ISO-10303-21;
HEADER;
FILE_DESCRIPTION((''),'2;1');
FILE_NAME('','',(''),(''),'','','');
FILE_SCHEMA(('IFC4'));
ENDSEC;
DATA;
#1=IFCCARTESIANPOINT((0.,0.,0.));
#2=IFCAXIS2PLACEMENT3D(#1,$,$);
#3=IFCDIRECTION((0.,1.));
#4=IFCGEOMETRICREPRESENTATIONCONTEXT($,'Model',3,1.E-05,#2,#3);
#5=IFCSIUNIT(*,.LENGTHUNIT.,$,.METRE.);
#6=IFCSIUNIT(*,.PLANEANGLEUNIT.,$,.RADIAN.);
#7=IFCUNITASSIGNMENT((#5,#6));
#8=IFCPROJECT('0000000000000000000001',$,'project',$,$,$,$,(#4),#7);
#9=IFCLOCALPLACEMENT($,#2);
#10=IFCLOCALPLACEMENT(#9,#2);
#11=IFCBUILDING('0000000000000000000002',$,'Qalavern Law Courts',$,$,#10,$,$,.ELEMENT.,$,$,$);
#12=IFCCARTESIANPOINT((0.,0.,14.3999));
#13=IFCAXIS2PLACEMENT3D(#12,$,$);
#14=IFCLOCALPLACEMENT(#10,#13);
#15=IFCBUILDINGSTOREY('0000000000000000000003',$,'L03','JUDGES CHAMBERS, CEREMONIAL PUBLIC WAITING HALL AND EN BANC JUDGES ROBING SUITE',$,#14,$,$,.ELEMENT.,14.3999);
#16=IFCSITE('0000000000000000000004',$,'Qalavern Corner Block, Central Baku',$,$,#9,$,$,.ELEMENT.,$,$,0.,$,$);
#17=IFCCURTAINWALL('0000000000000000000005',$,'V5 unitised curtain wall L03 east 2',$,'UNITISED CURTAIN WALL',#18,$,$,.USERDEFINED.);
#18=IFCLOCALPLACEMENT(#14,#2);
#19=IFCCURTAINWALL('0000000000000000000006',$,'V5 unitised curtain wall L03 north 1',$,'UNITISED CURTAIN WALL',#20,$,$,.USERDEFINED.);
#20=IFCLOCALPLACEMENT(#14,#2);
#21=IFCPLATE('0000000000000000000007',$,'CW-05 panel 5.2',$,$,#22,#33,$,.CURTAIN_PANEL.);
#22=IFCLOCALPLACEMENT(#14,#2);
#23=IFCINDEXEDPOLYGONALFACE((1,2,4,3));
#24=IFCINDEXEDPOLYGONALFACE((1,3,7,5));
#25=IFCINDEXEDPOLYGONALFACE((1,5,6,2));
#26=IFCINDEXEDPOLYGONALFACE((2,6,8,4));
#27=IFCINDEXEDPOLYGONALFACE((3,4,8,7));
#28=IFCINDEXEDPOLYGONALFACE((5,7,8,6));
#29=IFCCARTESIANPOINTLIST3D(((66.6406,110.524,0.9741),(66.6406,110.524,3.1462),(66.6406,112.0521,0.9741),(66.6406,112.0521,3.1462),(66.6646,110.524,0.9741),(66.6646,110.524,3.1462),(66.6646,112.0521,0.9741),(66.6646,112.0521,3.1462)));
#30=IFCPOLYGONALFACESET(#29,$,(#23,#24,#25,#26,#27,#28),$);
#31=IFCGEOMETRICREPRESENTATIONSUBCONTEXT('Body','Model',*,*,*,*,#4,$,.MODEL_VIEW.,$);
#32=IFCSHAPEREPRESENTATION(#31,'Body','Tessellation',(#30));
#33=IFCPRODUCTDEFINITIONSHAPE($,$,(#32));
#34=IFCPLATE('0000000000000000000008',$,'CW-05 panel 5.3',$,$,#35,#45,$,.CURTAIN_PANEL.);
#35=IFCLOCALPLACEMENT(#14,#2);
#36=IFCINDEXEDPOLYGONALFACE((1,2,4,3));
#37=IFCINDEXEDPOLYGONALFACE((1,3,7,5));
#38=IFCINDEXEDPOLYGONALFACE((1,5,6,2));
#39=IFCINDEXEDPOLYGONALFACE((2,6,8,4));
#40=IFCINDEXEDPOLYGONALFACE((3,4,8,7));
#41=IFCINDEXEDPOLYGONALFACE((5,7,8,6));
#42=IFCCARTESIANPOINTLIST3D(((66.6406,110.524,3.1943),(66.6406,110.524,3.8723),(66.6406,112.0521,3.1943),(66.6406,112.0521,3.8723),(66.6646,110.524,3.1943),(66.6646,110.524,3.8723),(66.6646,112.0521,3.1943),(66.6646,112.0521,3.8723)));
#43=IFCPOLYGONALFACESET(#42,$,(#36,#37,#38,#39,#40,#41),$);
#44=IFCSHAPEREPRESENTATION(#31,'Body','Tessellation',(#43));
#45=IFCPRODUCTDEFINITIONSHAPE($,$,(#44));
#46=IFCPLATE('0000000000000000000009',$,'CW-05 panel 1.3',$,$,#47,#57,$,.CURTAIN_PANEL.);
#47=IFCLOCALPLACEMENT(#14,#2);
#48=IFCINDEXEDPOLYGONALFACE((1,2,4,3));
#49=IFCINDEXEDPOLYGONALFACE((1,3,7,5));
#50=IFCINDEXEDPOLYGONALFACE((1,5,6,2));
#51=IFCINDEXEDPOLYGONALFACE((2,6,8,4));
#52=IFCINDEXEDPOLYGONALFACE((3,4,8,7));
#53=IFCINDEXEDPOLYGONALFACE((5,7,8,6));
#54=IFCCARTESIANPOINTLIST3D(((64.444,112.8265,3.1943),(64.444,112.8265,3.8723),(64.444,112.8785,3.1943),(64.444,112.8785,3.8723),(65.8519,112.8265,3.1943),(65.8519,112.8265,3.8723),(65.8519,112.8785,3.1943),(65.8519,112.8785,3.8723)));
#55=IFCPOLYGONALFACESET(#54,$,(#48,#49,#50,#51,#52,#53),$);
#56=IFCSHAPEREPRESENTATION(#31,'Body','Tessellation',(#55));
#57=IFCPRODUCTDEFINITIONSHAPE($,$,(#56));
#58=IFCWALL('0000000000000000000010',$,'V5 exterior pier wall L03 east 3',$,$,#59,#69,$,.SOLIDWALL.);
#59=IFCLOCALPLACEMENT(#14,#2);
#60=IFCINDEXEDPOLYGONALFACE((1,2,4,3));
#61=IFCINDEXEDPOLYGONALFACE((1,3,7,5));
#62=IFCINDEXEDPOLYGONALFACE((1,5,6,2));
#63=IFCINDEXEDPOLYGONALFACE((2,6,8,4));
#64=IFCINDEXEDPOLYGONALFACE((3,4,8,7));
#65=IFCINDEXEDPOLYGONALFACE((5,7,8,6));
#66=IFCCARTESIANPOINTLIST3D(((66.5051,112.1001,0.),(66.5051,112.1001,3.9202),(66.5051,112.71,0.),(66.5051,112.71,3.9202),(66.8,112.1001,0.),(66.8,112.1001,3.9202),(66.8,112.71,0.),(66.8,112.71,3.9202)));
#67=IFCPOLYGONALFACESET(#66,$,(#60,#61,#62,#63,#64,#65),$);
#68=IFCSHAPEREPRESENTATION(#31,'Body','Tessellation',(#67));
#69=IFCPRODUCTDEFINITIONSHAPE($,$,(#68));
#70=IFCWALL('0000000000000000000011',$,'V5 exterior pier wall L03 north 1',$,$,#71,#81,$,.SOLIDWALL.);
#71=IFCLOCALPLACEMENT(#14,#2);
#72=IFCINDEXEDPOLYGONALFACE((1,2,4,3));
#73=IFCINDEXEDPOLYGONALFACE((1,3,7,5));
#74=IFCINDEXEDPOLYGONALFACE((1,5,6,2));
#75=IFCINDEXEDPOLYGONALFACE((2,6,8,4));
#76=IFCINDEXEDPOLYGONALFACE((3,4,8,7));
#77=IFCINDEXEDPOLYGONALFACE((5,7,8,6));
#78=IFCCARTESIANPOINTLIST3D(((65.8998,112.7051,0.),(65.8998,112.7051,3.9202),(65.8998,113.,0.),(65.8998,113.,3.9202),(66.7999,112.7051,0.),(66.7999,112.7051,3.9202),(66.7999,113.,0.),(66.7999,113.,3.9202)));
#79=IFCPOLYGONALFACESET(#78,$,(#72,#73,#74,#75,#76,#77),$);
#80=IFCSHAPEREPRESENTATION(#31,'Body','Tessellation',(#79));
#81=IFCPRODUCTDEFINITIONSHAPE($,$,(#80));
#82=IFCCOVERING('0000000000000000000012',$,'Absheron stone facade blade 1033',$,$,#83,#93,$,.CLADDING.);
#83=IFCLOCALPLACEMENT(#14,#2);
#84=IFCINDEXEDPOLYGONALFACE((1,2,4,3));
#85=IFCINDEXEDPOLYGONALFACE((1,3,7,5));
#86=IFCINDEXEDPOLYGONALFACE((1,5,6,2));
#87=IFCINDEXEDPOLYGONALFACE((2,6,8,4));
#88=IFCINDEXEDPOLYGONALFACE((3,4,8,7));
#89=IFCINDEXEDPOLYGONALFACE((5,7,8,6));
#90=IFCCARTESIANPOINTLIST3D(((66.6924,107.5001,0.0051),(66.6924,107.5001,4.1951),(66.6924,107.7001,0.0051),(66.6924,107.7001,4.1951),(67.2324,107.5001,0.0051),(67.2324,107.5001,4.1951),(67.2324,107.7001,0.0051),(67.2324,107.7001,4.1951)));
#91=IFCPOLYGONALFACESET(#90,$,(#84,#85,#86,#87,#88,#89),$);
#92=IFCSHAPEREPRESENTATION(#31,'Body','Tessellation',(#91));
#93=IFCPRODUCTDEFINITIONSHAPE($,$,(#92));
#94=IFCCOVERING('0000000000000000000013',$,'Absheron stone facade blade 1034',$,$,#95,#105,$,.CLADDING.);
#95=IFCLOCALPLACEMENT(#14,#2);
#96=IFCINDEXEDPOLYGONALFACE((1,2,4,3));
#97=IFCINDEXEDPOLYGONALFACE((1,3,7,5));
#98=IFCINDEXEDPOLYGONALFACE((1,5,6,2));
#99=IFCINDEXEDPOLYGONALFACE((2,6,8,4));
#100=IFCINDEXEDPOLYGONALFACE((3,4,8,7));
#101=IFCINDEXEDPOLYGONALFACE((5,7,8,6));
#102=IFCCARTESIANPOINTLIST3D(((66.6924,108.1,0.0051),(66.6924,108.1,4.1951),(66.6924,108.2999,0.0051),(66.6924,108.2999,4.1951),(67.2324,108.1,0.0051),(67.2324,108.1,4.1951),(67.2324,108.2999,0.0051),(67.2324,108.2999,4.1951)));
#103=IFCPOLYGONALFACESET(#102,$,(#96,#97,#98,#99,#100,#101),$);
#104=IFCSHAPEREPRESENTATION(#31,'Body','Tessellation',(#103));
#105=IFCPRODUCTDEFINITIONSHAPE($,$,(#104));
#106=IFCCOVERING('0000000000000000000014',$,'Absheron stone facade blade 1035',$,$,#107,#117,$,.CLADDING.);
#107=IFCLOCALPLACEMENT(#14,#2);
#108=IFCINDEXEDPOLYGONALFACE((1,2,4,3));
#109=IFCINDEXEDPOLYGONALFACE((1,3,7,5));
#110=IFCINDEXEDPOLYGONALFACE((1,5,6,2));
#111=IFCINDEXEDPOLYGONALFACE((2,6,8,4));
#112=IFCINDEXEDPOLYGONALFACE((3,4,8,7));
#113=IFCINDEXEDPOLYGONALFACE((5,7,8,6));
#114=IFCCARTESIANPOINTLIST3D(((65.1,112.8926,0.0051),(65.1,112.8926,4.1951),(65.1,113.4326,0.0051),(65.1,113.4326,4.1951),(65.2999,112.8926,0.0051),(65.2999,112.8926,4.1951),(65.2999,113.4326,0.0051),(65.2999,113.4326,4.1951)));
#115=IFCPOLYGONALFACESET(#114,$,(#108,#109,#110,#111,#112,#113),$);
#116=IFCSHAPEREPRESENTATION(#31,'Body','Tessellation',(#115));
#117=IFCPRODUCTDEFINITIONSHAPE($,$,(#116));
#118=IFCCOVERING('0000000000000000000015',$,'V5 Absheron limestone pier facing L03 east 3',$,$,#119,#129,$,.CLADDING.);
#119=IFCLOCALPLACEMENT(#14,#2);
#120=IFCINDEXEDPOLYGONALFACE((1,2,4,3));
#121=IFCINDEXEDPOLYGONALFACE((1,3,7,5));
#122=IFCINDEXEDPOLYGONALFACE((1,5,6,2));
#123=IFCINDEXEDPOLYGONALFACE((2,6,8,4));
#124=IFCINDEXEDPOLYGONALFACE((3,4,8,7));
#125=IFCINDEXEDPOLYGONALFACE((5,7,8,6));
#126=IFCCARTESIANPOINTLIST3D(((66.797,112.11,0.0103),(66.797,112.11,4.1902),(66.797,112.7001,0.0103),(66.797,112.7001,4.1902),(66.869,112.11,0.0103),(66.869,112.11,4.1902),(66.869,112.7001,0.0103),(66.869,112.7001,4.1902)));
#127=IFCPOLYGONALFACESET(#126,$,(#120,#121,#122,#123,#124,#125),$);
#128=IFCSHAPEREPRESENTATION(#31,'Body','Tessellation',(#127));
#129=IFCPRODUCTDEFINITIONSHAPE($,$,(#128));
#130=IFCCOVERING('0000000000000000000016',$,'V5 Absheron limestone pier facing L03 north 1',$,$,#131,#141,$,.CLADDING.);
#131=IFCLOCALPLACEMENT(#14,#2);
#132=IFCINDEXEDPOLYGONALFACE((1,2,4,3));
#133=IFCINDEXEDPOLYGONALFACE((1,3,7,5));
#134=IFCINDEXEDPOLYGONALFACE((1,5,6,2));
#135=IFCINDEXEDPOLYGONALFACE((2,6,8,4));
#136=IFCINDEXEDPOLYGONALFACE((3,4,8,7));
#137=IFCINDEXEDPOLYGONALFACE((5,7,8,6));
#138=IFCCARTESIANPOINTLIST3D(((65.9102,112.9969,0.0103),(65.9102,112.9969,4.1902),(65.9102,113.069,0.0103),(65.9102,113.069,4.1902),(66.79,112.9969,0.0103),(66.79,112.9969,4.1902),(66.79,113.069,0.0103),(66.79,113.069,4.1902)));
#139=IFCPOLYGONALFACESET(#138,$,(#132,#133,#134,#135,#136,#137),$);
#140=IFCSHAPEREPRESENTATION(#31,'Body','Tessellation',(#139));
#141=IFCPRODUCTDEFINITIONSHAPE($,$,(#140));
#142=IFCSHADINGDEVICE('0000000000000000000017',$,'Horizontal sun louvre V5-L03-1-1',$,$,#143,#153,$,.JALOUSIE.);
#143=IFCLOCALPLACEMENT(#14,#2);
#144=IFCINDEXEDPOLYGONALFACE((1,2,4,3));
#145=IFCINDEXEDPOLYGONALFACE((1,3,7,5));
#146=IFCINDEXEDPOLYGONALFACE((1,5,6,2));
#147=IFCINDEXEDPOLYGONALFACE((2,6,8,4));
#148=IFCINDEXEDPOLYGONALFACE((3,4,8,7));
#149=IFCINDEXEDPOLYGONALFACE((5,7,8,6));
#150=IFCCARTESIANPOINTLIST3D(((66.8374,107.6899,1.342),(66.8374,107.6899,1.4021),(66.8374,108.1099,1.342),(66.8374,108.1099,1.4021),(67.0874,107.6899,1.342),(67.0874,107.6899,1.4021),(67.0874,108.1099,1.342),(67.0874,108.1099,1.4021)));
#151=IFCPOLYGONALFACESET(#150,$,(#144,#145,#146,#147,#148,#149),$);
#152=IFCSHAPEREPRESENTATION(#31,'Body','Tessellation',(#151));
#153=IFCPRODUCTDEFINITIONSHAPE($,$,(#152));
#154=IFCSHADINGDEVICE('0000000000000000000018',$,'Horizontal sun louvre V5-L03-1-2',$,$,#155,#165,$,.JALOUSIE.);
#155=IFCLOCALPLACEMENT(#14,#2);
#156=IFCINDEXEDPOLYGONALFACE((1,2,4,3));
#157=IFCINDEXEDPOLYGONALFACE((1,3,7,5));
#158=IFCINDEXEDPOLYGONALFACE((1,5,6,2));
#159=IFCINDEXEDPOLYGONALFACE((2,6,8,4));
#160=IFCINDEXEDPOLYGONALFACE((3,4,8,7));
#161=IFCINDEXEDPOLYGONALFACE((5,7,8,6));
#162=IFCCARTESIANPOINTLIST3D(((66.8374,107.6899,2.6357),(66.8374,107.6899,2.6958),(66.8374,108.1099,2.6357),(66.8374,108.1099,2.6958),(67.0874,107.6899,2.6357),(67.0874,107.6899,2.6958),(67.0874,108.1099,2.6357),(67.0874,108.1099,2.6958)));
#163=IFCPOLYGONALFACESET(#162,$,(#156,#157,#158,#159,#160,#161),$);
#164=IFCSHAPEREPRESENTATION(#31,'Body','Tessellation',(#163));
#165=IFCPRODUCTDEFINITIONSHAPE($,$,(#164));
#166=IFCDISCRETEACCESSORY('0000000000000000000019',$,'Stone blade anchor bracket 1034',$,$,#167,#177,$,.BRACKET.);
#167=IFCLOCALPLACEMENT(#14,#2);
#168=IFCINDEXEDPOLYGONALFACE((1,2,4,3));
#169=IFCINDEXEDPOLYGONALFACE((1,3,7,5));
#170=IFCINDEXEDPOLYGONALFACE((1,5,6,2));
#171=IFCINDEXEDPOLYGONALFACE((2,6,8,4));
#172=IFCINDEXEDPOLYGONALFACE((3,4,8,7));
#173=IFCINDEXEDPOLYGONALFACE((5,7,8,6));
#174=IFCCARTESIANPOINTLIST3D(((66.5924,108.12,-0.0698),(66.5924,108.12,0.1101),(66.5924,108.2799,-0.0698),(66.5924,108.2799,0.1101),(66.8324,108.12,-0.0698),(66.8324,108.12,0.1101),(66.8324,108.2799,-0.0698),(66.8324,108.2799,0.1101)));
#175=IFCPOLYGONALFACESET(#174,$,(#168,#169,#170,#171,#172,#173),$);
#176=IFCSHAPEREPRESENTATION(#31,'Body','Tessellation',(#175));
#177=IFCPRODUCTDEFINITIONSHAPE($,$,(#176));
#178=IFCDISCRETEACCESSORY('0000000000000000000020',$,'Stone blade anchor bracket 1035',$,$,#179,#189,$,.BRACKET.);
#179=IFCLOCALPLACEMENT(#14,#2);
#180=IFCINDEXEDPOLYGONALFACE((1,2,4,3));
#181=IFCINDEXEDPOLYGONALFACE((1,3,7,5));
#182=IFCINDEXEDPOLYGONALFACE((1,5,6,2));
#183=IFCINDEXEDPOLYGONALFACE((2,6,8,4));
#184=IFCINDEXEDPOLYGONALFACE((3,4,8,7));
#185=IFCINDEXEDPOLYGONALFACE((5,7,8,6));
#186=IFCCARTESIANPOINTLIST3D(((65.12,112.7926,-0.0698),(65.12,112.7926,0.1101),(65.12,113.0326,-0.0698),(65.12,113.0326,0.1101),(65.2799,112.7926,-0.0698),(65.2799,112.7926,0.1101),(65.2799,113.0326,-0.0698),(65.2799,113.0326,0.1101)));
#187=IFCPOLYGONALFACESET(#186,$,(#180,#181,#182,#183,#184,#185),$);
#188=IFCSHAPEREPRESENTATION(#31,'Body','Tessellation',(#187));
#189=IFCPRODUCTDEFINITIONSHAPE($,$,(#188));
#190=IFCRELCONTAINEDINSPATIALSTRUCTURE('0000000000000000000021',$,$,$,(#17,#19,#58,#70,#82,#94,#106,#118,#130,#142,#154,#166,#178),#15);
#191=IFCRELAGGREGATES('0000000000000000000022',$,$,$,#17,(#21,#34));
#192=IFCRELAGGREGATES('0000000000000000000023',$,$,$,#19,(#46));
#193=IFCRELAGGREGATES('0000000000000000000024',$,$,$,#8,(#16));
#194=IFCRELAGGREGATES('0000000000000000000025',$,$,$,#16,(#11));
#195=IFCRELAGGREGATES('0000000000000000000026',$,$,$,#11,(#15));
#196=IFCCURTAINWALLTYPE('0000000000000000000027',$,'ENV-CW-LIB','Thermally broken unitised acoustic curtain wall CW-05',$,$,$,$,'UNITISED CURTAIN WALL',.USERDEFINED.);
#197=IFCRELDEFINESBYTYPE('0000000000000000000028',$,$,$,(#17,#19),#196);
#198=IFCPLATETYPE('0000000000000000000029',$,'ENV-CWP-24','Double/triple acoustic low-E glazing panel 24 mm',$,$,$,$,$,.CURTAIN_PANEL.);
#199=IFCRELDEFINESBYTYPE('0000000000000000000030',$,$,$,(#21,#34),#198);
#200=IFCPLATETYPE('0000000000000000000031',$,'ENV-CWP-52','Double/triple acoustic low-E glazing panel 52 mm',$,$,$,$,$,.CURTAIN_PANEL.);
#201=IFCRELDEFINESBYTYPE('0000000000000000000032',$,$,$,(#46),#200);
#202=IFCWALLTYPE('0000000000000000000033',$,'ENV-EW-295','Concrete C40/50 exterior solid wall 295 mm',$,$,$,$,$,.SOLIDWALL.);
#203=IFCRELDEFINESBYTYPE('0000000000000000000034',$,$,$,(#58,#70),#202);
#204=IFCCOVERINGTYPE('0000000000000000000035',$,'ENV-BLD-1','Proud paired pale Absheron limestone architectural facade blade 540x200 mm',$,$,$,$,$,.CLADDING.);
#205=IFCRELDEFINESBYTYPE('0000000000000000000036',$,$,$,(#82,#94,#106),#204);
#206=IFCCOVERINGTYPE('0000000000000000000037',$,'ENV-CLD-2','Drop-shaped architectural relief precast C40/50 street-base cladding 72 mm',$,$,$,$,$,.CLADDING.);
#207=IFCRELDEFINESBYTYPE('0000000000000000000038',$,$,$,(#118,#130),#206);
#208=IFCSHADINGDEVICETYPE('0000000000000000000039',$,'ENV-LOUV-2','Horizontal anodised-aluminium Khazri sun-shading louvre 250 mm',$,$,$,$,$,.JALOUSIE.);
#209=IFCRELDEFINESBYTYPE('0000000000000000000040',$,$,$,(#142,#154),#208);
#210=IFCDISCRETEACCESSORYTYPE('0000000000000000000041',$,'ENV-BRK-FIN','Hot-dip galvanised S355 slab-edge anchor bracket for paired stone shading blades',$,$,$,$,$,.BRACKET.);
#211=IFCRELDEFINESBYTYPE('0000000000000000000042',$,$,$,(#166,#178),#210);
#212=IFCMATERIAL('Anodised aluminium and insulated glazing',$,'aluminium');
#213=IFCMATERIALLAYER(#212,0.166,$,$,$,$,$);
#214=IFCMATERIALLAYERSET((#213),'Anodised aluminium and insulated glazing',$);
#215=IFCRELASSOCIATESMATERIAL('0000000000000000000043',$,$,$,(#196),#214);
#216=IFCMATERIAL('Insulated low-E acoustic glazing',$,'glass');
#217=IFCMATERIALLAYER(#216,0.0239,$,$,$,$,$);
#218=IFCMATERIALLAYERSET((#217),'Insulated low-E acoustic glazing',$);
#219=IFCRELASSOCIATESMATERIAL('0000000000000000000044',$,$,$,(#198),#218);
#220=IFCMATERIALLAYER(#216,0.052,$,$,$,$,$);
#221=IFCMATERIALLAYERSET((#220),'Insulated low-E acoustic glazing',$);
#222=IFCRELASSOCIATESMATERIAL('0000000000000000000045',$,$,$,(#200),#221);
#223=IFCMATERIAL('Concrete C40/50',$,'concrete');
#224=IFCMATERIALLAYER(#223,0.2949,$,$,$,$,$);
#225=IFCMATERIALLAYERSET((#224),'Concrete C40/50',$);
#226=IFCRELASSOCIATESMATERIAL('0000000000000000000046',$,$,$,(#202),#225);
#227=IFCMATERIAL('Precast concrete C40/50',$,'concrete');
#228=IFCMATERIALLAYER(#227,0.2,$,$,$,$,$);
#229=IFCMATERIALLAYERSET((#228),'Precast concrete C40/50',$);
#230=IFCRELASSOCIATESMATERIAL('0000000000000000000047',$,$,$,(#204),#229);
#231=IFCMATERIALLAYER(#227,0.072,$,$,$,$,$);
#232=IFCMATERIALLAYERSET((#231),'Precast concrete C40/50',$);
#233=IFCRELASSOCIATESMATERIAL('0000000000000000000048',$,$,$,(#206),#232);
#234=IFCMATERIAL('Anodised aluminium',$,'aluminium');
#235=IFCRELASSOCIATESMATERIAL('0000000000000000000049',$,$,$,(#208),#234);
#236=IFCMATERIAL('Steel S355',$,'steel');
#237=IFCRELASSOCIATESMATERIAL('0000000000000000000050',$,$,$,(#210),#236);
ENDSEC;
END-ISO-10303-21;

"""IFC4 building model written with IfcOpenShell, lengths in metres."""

from ifc_helpers import new_model, si_unit, direction, frame, frame_2d, origin, origin_2d, place, context, subcontext, project, spatial, rectangle, extrude, material, layer, layer_set, type_object, element, aggregate, save


model = new_model("IFC4")

# Units and contexts
model_context = context("Model", 3, precision=1e-05, world=origin(), true_north=direction((0.0, 1.0)))
body_context = subcontext(model_context, "Body", "Model", "MODEL_VIEW")
ifc_project = project(units=[si_unit("LENGTHUNIT", "METRE"), si_unit("PLANEANGLEUNIT", "RADIAN")], contexts=[model_context])

# Site, building, storey
site_placement = place(None, origin())
site = spatial("IfcSite", under=ifc_project, at=site_placement, Name="Qalavern Corner Block, Central Baku", CompositionType="ELEMENT", RefElevation=0.0)
building_placement = place(site_placement, origin())
building = spatial("IfcBuilding", under=site, at=building_placement, Name="Qalavern Law Courts", CompositionType="ELEMENT")
storey_placement = place(building_placement, frame((0.0, 0.0, 14.3999)))
storey = spatial("IfcBuildingStorey", under=building, at=storey_placement, Name="L03", Description="JUDGES CHAMBERS, CEREMONIAL PUBLIC WAITING HALL AND EN BANC JUDGES ROBING SUITE", CompositionType="ELEMENT", Elevation=14.3999)

# Curtain wall
ifc_material_1 = material(Name="Anodised aluminium and insulated glazing", Category="aluminium")
ifc_layer_1 = layer(ifc_material_1, 0.166)
ifc_layer_set_1 = layer_set([ifc_layer_1], Name="Anodised aluminium and insulated glazing")
curtain_wall_type = type_object("IfcCurtainWallType", Name="ENV-CW-LIB", Description="Thermally broken unitised acoustic curtain wall CW-05", ElementType="UNITISED CURTAIN WALL", PredefinedType="USERDEFINED", material=ifc_layer_set_1)
curtain_wall_1_placement = place(storey_placement, origin())
curtain_wall_1 = element("IfcCurtainWall", 1, at=curtain_wall_1_placement, inside=storey, type_object=curtain_wall_type, Name="V5 unitised curtain wall L03 east 2", ObjectType="UNITISED CURTAIN WALL", PredefinedType="USERDEFINED")
ifc_material_2 = material(Name="Anodised aluminium", Category="aluminium")

# Curtain wall
curtain_wall_2_placement = place(storey_placement, origin())
curtain_wall_2 = element("IfcCurtainWall", 2, at=curtain_wall_2_placement, inside=storey, type_object=curtain_wall_type, Name="V5 unitised curtain wall L03 north 1", ObjectType="UNITISED CURTAIN WALL", PredefinedType="USERDEFINED")

# Plates
ifc_material_3 = material(Name="Insulated low-E acoustic glazing", Category="glass")
ifc_layer_2 = layer(ifc_material_3, 0.0239)
ifc_layer_set_2 = layer_set([ifc_layer_2], Name="Insulated low-E acoustic glazing")
plate_type_1 = type_object("IfcPlateType", Name="ENV-CWP-24", Description="Double/triple acoustic low-E glazing panel 24 mm", PredefinedType="CURTAIN_PANEL", material=ifc_layer_set_2)
plate_1_placement = place(storey_placement, frame((66.6526, 111.2881, 0.9741), z_axis=(0.0, 0.0, 1.0), x_axis=(0.0, 1.0, 0.0)))
plate_1 = element("IfcPlate", 3, at=plate_1_placement, type_object=plate_type_1, Name="CW-05 panel 5.2", PredefinedType="CURTAIN_PANEL", context=body_context, shape_type="SweptSolid", body=[
    extrude(rectangle(XDim=1.5281, YDim=0.0239, at=origin_2d()), origin(), (0.0, 0.0, 1.0), 2.1721),
])
plate_2_placement = place(storey_placement, frame((66.6526, 111.2881, 3.1943), z_axis=(0.0, 0.0, 1.0), x_axis=(0.0, 1.0, 0.0)))
plate_2 = element("IfcPlate", 4, at=plate_2_placement, type_object=plate_type_1, Name="CW-05 panel 5.3", PredefinedType="CURTAIN_PANEL", context=body_context, shape_type="SweptSolid", body=[
    extrude(rectangle(XDim=1.5281, YDim=0.0239, at=origin_2d()), origin(), (0.0, 0.0, 1.0), 0.678),
])
aggregate(curtain_wall_1, [plate_1, plate_2])
ifc_layer_3 = layer(ifc_material_3, 0.052)
ifc_layer_set_3 = layer_set([ifc_layer_3], Name="Insulated low-E acoustic glazing")
plate_type_2 = type_object("IfcPlateType", Name="ENV-CWP-52", Description="Double/triple acoustic low-E glazing panel 52 mm", PredefinedType="CURTAIN_PANEL", material=ifc_layer_set_3)
plate_3_placement = place(storey_placement, frame((65.1479, 112.8525, 3.1943), z_axis=(0.0, 0.0, 1.0), x_axis=(-1.0, 0.0, 0.0)))
plate_3 = element("IfcPlate", 5, at=plate_3_placement, type_object=plate_type_2, Name="CW-05 panel 1.3", PredefinedType="CURTAIN_PANEL", context=body_context, shape_type="SweptSolid", body=[
    extrude(rectangle(XDim=1.408, YDim=0.052, at=origin_2d()), origin(), (0.0, 0.0, 1.0), 0.678),
])
aggregate(curtain_wall_2, [plate_3])

# Walls
ifc_material_4 = material(Name="Concrete C40/50", Category="concrete")
ifc_layer_4 = layer(ifc_material_4, 0.2949)
ifc_layer_set_4 = layer_set([ifc_layer_4], Name="Concrete C40/50")
wall_type = type_object("IfcWallType", Name="ENV-EW-295", Description="Concrete C40/50 exterior solid wall 295 mm", PredefinedType="SOLIDWALL", material=ifc_layer_set_4)
wall_1_placement = place(storey_placement, frame((66.6526, 112.1001, 0.0), z_axis=(0.0, 0.0, 1.0), x_axis=(0.0, 1.0, 0.0)))
element("IfcWall", 6, at=wall_1_placement, inside=storey, type_object=wall_type, Name="V5 exterior pier wall L03 east 3", PredefinedType="SOLIDWALL", context=body_context, shape_type="SweptSolid", body=[
    extrude(rectangle(XDim=0.6099, YDim=0.2949, at=frame_2d((0.3049, 0.0))), origin(), (0.0, 0.0, 1.0), 3.9202),
])
wall_2_placement = place(storey_placement, frame((66.8, 112.8525, 0.0), z_axis=(0.0, 0.0, 1.0), x_axis=(-1.0, 0.0, 0.0)))
element("IfcWall", 7, at=wall_2_placement, inside=storey, type_object=wall_type, Name="V5 exterior pier wall L03 north 1", PredefinedType="SOLIDWALL", context=body_context, shape_type="SweptSolid", body=[
    extrude(rectangle(XDim=0.9001, YDim=0.2949, at=frame_2d((0.4502, 0.0))), origin(), (0.0, 0.0, 1.0), 3.9202),
])

# Coverings
ifc_material_5 = material(Name="Precast concrete C40/50", Category="concrete")
ifc_layer_5 = layer(ifc_material_5, 0.2)
ifc_layer_set_5 = layer_set([ifc_layer_5], Name="Precast concrete C40/50")
covering_type_1 = type_object("IfcCoveringType", Name="ENV-BLD-1", Description="Proud paired pale Absheron limestone architectural facade blade 540x200 mm", PredefinedType="CLADDING", material=ifc_layer_set_5)
for number, where, z_axis, x_axis, name in (
    (8, (66.9624, 107.6001, 0.0051), (0.0, 0.0, 1.0), (1.0, 0.0, 0.0), "Absheron stone facade blade 1033"),
    (9, (66.9624, 108.2, 0.0051), (0.0, 0.0, 1.0), (1.0, 0.0, 0.0), "Absheron stone facade blade 1034"),
    (10, (65.2, 113.1626, 0.0051), (0.0, 0.0, 1.0), (0.0, 1.0, 0.0), "Absheron stone facade blade 1035"),
):
    element("IfcCovering", number, at=place(storey_placement, frame(where, z_axis=z_axis, x_axis=x_axis)), inside=storey, type_object=covering_type_1, Name=name, PredefinedType="CLADDING", context=body_context, shape_type="SweptSolid", body=[
        extrude(rectangle(XDim=0.54, YDim=0.2, at=origin_2d()), origin(), (0.0, 0.0, 1.0), 4.1899),
    ])
ifc_layer_6 = layer(ifc_material_5, 0.072)
ifc_layer_set_6 = layer_set([ifc_layer_6], Name="Precast concrete C40/50")
covering_type_2 = type_object("IfcCoveringType", Name="ENV-CLD-2", Description="Drop-shaped architectural relief precast C40/50 street-base cladding 72 mm", PredefinedType="CLADDING", material=ifc_layer_set_6)
covering_1_placement = place(storey_placement, frame((66.833, 112.405, 0.0103), z_axis=(0.0, 0.0, 1.0), x_axis=(0.0, 1.0, 0.0)))
element("IfcCovering", 11, at=covering_1_placement, inside=storey, type_object=covering_type_2, Name="V5 Absheron limestone pier facing L03 east 3", PredefinedType="CLADDING", context=body_context, shape_type="SweptSolid", body=[
    extrude(rectangle(XDim=0.5901, YDim=0.072, at=origin_2d()), origin(), (0.0, 0.0, 1.0), 4.1799),
])
covering_2_placement = place(storey_placement, frame((66.3501, 113.033, 0.0103), z_axis=(0.0, 0.0, 1.0), x_axis=(-1.0, 0.0, 0.0)))
element("IfcCovering", 12, at=covering_2_placement, inside=storey, type_object=covering_type_2, Name="V5 Absheron limestone pier facing L03 north 1", PredefinedType="CLADDING", context=body_context, shape_type="SweptSolid", body=[
    extrude(rectangle(XDim=0.8799, YDim=0.072, at=origin_2d()), origin(), (0.0, 0.0, 1.0), 4.1799),
])

# Shading devices
shading_device_type = type_object("IfcShadingDeviceType", Name="ENV-LOUV-2", Description="Horizontal anodised-aluminium Khazri sun-shading louvre 250 mm", PredefinedType="JALOUSIE", material=ifc_material_2)
for number, where, z_axis, x_axis, name in (
    (13, (66.9624, 107.8999, 1.342), (0.0, 0.0, 1.0), (0.0, 1.0, 0.0), "Horizontal sun louvre V5-L03-1-1"),
    (14, (66.9624, 107.8999, 2.6357), (0.0, 0.0, 1.0), (0.0, 1.0, 0.0), "Horizontal sun louvre V5-L03-1-2"),
):
    element("IfcShadingDevice", number, at=place(storey_placement, frame(where, z_axis=z_axis, x_axis=x_axis)), inside=storey, type_object=shading_device_type, Name=name, PredefinedType="JALOUSIE", context=body_context, shape_type="SweptSolid", body=[
        extrude(rectangle(XDim=0.4199, YDim=0.25, at=origin_2d()), origin(), (0.0, 0.0, 1.0), 0.0601),
    ])

# Discrete accessories
ifc_material_6 = material(Name="Steel S355", Category="steel")
discrete_accessory_type = type_object("IfcDiscreteAccessoryType", Name="ENV-BRK-FIN", Description="Hot-dip galvanised S355 slab-edge anchor bracket for paired stone shading blades", PredefinedType="BRACKET", material=ifc_material_6)
for number, where, z_axis, x_axis, name in (
    (15, (66.7124, 108.2, -0.0698), (0.0, 0.0, 1.0), (1.0, 0.0, 0.0), "Stone blade anchor bracket 1034"),
    (16, (65.2, 112.9126, -0.0698), (0.0, 0.0, 1.0), (0.0, 1.0, 0.0), "Stone blade anchor bracket 1035"),
):
    element("IfcDiscreteAccessory", number, at=place(storey_placement, frame(where, z_axis=z_axis, x_axis=x_axis)), inside=storey, type_object=discrete_accessory_type, Name=name, PredefinedType="BRACKET", context=body_context, shape_type="SweptSolid", body=[
        extrude(rectangle(XDim=0.24, YDim=0.1599, at=origin_2d()), origin(), (0.0, 0.0, 1.0), 0.1799),
    ])

save(model, "model.ifc")
